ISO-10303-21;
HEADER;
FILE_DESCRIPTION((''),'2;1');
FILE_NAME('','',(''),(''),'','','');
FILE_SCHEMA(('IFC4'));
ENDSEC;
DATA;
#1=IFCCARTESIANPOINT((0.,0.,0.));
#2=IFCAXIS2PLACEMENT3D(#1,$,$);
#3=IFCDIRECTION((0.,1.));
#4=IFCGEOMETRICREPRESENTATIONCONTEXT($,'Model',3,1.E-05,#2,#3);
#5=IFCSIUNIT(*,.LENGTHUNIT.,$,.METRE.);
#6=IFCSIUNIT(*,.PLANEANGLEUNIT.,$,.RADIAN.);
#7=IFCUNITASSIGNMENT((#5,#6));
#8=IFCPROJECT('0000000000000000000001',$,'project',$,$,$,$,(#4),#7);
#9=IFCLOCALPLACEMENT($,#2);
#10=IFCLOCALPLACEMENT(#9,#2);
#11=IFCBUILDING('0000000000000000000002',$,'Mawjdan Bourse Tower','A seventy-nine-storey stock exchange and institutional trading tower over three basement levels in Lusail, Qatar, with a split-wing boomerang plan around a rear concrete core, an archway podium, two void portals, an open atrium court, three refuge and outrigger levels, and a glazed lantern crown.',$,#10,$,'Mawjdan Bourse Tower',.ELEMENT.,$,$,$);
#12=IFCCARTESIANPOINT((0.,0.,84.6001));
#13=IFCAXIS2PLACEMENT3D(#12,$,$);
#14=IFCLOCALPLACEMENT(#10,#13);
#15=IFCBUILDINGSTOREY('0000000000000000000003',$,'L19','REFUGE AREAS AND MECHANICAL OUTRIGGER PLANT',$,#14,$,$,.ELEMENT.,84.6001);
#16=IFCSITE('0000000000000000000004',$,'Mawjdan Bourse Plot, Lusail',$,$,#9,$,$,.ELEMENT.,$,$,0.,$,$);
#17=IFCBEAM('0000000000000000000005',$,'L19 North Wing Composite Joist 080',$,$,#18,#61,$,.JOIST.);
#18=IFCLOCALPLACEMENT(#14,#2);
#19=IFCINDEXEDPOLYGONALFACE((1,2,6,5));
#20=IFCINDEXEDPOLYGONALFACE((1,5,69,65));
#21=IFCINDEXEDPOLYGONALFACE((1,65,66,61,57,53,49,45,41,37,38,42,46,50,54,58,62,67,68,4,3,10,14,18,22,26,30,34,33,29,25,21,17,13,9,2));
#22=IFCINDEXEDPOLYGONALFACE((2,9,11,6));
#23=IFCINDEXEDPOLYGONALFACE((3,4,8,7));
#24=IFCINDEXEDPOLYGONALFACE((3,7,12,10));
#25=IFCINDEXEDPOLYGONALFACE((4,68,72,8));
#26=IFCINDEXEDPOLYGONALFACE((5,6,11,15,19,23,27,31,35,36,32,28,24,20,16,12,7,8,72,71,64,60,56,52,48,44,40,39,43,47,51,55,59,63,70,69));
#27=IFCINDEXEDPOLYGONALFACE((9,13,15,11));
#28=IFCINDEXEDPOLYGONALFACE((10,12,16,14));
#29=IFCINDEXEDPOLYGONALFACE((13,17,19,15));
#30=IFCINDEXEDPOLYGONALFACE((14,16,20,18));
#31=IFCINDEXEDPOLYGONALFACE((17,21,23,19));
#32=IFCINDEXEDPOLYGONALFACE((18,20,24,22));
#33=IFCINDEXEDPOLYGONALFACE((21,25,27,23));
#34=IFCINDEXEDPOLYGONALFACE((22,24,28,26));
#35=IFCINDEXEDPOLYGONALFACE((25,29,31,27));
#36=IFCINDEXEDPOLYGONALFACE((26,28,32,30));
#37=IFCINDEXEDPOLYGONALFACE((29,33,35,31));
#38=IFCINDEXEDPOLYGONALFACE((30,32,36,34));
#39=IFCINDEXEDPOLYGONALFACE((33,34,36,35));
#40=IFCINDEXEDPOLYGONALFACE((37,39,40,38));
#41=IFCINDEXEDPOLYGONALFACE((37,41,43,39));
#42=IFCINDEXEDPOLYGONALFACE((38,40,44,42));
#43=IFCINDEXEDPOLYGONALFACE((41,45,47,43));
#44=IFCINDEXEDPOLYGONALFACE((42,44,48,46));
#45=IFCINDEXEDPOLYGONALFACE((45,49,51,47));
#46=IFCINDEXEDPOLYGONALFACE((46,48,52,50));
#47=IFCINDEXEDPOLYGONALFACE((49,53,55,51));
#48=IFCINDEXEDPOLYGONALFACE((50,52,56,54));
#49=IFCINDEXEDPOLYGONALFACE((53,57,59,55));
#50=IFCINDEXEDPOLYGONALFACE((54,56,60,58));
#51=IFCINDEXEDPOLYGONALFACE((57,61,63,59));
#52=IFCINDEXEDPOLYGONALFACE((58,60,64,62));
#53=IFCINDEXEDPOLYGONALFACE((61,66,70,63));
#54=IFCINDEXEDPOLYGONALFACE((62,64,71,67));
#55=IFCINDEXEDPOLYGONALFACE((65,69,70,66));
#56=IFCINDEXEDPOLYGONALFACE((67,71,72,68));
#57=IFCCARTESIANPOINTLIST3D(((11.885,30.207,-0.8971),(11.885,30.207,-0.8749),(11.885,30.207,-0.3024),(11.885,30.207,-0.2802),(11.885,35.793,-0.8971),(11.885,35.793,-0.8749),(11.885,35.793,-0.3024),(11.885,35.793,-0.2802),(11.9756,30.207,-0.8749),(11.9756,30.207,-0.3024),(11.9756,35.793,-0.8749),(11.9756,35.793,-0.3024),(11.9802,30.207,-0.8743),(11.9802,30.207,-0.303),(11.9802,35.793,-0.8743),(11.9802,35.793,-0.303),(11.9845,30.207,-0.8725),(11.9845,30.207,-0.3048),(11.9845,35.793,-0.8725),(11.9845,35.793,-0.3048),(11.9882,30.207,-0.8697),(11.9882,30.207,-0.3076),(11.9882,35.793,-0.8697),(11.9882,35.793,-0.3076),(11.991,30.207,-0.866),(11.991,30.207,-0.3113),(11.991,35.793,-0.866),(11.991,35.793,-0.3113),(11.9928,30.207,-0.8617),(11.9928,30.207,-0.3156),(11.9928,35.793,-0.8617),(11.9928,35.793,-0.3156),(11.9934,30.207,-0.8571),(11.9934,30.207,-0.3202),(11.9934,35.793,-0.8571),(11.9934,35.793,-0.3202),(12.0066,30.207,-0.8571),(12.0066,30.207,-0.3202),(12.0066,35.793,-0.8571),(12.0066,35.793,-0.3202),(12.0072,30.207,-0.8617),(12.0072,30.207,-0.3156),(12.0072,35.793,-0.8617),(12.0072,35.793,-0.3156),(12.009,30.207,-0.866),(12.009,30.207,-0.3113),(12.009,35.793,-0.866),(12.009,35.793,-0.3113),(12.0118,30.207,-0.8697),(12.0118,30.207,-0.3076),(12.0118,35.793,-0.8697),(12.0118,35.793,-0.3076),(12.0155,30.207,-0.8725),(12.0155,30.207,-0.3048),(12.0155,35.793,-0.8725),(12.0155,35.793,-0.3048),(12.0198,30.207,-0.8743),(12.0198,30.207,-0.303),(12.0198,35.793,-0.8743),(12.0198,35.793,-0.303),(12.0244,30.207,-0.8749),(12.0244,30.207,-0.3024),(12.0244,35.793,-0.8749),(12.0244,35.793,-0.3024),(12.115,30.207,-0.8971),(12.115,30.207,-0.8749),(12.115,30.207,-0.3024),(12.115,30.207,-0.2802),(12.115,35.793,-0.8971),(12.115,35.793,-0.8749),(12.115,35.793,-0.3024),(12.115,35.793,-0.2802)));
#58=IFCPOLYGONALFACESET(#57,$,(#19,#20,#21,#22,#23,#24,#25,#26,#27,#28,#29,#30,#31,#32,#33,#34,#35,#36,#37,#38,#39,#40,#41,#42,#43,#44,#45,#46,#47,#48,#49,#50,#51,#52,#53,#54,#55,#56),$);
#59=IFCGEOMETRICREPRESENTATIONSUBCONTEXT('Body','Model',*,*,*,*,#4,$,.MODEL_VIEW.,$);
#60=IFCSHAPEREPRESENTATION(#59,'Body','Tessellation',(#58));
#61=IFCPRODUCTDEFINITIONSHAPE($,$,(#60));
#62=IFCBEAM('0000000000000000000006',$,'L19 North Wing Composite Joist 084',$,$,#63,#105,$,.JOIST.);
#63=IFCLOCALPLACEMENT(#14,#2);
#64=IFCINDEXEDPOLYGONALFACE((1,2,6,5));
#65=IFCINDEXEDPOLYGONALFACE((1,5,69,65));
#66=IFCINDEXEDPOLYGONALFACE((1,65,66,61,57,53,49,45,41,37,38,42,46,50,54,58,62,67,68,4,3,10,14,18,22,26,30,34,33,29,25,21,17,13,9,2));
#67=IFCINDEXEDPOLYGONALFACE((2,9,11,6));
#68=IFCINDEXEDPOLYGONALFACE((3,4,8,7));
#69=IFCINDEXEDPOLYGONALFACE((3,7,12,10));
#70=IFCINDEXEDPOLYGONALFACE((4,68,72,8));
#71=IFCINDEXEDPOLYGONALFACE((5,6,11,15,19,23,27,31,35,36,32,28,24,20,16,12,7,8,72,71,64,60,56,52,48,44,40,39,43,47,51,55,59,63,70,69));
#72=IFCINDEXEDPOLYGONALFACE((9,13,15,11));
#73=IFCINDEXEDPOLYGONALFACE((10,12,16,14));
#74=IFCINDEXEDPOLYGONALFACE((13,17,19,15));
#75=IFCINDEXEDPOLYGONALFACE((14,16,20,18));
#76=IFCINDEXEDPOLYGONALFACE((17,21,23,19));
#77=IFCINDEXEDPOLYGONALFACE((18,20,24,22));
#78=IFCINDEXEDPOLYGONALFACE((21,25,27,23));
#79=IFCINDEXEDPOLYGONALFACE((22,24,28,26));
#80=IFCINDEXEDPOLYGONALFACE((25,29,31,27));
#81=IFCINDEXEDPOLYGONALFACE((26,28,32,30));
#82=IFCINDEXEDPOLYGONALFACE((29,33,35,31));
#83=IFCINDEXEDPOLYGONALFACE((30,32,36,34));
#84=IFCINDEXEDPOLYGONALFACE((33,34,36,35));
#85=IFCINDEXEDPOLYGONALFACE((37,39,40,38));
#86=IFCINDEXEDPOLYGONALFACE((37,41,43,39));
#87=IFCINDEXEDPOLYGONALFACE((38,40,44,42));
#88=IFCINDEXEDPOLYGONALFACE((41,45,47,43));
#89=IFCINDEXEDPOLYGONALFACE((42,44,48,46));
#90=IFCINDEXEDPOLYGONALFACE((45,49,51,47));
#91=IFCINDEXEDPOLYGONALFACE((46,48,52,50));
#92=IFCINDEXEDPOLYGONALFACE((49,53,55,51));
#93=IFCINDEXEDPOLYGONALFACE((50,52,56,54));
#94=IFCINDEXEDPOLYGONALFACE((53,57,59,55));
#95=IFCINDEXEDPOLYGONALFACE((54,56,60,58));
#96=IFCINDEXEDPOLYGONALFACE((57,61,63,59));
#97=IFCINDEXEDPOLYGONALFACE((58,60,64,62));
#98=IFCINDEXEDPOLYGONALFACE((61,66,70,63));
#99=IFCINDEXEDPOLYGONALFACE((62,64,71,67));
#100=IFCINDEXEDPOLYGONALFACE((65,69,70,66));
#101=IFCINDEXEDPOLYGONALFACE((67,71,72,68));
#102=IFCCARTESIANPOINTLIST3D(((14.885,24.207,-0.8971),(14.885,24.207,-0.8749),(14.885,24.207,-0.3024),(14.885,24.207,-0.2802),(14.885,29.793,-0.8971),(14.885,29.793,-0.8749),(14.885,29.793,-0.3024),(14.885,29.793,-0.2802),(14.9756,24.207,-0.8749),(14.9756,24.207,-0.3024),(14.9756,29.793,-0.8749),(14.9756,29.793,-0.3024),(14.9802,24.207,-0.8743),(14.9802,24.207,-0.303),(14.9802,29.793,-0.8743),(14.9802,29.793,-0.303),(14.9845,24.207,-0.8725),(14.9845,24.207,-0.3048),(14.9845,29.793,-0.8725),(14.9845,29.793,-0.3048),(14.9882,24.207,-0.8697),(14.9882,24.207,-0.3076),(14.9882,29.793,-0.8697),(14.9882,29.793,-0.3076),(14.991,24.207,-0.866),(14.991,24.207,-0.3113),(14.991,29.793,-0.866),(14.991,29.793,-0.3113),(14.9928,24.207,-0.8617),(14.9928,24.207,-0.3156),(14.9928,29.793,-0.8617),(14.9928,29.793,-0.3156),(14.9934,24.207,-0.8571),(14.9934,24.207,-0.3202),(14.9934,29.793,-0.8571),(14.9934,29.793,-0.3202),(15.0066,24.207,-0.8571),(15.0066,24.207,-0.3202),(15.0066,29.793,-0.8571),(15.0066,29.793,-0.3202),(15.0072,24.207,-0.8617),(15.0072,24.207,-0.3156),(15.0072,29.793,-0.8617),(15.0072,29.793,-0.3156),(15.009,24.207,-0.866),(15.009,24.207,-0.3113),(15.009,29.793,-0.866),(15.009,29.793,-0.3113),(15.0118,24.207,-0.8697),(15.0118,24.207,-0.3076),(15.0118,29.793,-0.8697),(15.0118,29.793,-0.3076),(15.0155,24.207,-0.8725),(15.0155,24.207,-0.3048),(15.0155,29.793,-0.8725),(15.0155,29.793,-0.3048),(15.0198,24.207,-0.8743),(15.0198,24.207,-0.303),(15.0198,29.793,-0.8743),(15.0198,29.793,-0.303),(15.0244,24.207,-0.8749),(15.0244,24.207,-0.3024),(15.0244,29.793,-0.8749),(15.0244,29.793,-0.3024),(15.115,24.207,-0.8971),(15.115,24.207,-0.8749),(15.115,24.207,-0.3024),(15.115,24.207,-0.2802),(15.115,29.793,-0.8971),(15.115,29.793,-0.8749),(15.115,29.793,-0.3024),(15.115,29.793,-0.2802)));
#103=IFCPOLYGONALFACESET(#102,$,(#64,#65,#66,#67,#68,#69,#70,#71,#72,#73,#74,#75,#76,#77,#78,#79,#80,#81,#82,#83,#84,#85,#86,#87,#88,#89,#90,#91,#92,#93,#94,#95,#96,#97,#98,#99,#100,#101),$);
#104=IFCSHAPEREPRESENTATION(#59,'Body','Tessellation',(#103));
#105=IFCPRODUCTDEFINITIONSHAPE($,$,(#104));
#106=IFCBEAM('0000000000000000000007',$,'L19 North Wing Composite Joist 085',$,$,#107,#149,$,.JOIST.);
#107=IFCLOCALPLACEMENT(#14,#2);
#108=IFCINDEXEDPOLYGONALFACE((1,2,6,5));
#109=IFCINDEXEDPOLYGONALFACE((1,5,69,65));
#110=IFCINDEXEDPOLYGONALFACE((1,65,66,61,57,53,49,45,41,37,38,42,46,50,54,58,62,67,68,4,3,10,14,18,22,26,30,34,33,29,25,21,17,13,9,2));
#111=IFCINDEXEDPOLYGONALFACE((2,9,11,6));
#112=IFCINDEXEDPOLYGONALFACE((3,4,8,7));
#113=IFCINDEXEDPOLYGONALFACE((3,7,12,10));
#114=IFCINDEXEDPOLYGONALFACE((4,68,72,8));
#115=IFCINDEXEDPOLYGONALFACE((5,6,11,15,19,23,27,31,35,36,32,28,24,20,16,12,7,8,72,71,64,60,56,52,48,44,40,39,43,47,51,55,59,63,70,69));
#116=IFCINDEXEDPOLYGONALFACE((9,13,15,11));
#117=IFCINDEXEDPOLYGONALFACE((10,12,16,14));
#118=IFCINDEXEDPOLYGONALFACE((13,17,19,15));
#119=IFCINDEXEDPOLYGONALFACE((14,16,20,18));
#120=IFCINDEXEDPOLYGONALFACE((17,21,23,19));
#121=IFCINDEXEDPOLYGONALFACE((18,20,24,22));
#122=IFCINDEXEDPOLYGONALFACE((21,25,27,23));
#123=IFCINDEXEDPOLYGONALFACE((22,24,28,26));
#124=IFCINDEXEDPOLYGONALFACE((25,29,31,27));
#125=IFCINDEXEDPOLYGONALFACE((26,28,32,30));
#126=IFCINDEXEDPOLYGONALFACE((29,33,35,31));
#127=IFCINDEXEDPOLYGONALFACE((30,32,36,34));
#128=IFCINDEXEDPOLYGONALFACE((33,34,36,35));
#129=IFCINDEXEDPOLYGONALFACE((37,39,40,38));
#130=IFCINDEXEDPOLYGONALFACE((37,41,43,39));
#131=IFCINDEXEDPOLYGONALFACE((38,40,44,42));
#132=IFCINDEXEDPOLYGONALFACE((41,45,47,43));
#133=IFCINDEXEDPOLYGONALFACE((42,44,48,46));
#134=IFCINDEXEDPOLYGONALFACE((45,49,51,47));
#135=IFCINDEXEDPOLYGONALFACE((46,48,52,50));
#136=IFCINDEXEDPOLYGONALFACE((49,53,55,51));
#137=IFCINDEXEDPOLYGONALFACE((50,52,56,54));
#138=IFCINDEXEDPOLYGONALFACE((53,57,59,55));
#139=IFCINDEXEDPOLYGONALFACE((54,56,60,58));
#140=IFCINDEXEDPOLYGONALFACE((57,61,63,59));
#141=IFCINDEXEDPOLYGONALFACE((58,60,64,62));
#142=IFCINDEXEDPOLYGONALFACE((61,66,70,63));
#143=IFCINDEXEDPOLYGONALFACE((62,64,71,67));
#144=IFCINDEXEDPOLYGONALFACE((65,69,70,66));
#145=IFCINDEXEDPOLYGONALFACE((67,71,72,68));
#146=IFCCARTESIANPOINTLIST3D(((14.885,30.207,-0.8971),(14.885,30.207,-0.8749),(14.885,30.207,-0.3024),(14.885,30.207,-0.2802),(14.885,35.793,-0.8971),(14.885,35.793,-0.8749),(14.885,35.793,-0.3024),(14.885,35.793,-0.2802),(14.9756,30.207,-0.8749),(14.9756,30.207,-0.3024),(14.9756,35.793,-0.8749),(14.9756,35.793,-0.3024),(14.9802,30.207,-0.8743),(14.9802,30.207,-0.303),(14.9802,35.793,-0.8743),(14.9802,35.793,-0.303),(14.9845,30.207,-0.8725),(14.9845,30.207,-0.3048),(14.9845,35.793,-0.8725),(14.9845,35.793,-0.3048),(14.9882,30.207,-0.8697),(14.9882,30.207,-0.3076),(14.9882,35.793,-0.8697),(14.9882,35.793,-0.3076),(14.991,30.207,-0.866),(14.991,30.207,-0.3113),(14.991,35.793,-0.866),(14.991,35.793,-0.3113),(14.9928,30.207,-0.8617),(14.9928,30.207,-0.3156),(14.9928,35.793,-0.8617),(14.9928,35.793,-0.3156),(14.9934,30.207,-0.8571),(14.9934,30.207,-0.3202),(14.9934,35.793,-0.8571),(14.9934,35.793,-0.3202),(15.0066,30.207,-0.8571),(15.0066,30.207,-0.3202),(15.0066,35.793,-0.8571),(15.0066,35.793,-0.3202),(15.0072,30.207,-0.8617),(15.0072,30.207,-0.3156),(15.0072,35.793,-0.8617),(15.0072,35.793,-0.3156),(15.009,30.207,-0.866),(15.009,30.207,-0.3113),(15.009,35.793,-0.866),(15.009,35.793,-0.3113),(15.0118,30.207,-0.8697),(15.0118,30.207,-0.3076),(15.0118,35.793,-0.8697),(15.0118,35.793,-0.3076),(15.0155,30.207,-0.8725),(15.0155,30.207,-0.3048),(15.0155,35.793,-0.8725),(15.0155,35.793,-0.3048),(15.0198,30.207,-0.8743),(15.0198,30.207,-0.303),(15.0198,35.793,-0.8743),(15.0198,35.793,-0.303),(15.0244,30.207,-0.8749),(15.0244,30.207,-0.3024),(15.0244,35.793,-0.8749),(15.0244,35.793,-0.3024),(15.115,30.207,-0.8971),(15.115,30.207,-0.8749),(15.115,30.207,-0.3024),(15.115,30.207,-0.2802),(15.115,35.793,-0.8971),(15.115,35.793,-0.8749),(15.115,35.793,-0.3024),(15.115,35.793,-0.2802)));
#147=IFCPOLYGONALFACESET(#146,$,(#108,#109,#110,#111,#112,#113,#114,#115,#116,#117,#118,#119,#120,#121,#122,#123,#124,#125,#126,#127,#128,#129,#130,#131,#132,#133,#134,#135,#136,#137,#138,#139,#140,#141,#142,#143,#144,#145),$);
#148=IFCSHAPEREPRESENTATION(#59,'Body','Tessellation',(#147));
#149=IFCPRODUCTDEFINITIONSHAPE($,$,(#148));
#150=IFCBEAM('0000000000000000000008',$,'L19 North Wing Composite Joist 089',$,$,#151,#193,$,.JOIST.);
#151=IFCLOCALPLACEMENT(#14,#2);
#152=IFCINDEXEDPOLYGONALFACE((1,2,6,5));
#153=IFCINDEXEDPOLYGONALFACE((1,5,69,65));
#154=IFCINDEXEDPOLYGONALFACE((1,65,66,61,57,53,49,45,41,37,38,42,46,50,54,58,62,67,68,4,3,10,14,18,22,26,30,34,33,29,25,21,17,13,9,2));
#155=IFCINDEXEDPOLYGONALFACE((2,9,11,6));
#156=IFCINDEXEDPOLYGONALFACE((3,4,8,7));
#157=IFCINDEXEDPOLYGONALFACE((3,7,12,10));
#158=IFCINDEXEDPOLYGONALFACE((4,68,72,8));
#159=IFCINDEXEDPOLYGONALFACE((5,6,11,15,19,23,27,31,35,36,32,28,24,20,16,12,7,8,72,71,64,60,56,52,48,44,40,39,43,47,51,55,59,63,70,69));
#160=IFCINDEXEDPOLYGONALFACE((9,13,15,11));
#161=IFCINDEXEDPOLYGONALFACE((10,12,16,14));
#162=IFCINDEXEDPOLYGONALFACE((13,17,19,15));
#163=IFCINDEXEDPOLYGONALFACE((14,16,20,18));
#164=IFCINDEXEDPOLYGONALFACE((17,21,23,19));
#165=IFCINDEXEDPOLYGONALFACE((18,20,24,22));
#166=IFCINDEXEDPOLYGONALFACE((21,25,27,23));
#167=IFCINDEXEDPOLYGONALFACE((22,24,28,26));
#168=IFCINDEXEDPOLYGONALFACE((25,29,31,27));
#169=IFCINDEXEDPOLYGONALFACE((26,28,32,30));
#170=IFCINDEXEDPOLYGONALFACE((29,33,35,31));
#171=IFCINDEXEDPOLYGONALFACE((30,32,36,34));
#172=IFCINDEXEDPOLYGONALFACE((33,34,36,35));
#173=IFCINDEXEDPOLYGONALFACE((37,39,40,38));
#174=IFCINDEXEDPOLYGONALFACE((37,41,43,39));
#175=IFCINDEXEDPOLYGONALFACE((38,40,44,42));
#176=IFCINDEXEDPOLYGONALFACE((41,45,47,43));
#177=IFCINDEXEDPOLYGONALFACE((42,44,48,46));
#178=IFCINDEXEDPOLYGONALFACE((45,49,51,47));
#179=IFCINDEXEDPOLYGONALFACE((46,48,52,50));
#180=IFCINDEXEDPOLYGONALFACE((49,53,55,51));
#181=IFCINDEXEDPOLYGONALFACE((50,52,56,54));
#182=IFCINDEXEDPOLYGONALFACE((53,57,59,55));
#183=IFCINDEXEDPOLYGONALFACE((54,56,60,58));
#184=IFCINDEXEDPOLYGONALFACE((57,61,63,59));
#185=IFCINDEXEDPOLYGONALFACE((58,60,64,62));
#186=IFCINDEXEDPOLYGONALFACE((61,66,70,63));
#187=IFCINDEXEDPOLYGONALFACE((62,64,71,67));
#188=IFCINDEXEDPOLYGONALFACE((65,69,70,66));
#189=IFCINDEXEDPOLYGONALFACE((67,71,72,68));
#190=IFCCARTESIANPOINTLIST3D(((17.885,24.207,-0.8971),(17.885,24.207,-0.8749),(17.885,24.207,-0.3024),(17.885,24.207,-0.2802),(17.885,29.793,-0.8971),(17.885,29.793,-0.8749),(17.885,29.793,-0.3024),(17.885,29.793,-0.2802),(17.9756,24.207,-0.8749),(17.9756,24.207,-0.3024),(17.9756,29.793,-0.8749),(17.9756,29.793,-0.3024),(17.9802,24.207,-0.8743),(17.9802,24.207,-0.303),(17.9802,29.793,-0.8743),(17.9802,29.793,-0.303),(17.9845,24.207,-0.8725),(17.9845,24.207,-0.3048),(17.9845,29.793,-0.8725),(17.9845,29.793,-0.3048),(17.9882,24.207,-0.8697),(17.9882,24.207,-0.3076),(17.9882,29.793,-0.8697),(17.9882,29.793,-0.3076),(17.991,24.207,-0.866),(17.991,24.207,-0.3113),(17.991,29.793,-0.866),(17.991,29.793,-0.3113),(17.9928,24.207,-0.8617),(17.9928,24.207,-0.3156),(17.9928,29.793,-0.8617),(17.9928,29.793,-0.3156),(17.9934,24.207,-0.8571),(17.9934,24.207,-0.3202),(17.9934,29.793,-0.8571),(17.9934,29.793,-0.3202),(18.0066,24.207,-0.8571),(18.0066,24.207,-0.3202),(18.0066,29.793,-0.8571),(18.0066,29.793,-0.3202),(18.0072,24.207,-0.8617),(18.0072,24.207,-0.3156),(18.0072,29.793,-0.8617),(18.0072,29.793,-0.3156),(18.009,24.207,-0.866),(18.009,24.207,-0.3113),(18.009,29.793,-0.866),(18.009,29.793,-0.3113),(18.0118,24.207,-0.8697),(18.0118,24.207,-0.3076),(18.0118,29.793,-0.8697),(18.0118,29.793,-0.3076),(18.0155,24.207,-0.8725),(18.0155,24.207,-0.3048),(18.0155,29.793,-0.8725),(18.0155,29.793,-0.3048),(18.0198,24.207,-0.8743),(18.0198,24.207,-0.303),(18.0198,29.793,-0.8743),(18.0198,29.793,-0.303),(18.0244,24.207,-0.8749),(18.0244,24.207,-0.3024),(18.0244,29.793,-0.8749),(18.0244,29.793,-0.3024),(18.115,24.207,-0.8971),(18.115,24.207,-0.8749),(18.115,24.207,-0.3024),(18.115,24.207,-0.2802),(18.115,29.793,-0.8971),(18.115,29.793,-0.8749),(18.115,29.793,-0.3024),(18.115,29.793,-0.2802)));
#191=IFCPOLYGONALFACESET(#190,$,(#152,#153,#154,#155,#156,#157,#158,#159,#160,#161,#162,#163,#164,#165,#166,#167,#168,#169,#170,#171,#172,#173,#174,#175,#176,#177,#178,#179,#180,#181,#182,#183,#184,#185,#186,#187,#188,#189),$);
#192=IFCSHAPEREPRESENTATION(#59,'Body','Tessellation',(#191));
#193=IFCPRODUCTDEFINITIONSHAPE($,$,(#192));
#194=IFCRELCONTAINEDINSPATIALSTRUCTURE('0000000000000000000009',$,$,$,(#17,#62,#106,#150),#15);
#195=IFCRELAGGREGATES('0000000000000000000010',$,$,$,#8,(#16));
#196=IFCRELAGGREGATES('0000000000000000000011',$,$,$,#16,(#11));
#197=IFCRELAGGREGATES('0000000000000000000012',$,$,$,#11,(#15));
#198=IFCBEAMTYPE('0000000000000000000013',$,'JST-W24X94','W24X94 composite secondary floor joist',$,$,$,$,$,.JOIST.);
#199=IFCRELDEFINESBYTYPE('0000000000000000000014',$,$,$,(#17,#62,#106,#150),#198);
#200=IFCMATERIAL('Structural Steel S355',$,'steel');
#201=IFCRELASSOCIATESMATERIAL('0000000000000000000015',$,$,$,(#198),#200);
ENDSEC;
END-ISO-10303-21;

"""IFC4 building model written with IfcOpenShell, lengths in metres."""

from ifc_helpers import new_model, si_unit, direction, frame, origin, origin_2d, place, context, subcontext, project, spatial, i_section, extrude, material, material_profile, profile_set, type_object, element, save


model = new_model("IFC4")

# Units and contexts
model_context = context("Model", 3, precision=1e-05, world=origin(), true_north=direction((0.0, 1.0)))
body_context = subcontext(model_context, "Body", "Model", "MODEL_VIEW")
ifc_project = project(units=[si_unit("LENGTHUNIT", "METRE"), si_unit("PLANEANGLEUNIT", "RADIAN")], contexts=[model_context])

# Site, building, storey
site_placement = place(None, origin())
site = spatial("IfcSite", under=ifc_project, at=site_placement, Name="Mawjdan Bourse Plot, Lusail", CompositionType="ELEMENT", RefElevation=0.0)
building_placement = place(site_placement, origin())
building = spatial("IfcBuilding", under=site, at=building_placement, Name="Mawjdan Bourse Tower", Description="A seventy-nine-storey stock exchange and institutional trading tower over three basement levels in Lusail, Qatar, with a split-wing boomerang plan around a rear concrete core, an archway podium, two void portals, an open atrium court, three refuge and outrigger levels, and a glazed lantern crown.", LongName="Mawjdan Bourse Tower", CompositionType="ELEMENT")
storey_placement = place(building_placement, frame((0.0, 0.0, 84.6001)))
storey = spatial("IfcBuildingStorey", under=building, at=storey_placement, Name="L19", Description="REFUGE AREAS AND MECHANICAL OUTRIGGER PLANT", CompositionType="ELEMENT", Elevation=84.6001)

# Beams
ifc_material_1 = material(Name="Structural Steel S355", Category="steel")
ifc_material_profile_1 = material_profile(ifc_material_1, i_section(OverallWidth=0.23, OverallDepth=0.6169, WebThickness=0.0132, FlangeThickness=0.0222, FilletRadius=0.0178, at=origin_2d()), Name="W24X94")
ifc_profile_set_1 = profile_set([ifc_material_profile_1], Name="Structural Steel S355")
beam_type = type_object("IfcBeamType", Name="JST-W24X94", Description="W24X94 composite secondary floor joist", PredefinedType="JOIST", material=ifc_profile_set_1)
for number, where, z_axis, x_axis, name in (
    (1, (12.0, 30.207, -0.5886), (0.0, 1.0, 0.0), (-1.0, 0.0, 0.0), "L19 North Wing Composite Joist 080"),
    (2, (15.0, 24.207, -0.5886), (0.0, 1.0, 0.0), (-1.0, 0.0, 0.0), "L19 North Wing Composite Joist 084"),
    (3, (15.0, 30.207, -0.5886), (0.0, 1.0, 0.0), (-1.0, 0.0, 0.0), "L19 North Wing Composite Joist 085"),
    (4, (18.0, 24.207, -0.5886), (0.0, 1.0, 0.0), (-1.0, 0.0, 0.0), "L19 North Wing Composite Joist 089"),
):
    element("IfcBeam", number, at=place(storey_placement, frame(where, z_axis=z_axis, x_axis=x_axis)), inside=storey, type_object=beam_type, Name=name, PredefinedType="JOIST", context=body_context, shape_type="SweptSolid", body=[
        extrude(i_section(OverallWidth=0.23, OverallDepth=0.6169, WebThickness=0.0132, FlangeThickness=0.0222, FilletRadius=0.0178, at=origin_2d()), origin(), (0.0, 0.0, 1.0), 5.5859),
    ])

save(model, "model.ifc")
